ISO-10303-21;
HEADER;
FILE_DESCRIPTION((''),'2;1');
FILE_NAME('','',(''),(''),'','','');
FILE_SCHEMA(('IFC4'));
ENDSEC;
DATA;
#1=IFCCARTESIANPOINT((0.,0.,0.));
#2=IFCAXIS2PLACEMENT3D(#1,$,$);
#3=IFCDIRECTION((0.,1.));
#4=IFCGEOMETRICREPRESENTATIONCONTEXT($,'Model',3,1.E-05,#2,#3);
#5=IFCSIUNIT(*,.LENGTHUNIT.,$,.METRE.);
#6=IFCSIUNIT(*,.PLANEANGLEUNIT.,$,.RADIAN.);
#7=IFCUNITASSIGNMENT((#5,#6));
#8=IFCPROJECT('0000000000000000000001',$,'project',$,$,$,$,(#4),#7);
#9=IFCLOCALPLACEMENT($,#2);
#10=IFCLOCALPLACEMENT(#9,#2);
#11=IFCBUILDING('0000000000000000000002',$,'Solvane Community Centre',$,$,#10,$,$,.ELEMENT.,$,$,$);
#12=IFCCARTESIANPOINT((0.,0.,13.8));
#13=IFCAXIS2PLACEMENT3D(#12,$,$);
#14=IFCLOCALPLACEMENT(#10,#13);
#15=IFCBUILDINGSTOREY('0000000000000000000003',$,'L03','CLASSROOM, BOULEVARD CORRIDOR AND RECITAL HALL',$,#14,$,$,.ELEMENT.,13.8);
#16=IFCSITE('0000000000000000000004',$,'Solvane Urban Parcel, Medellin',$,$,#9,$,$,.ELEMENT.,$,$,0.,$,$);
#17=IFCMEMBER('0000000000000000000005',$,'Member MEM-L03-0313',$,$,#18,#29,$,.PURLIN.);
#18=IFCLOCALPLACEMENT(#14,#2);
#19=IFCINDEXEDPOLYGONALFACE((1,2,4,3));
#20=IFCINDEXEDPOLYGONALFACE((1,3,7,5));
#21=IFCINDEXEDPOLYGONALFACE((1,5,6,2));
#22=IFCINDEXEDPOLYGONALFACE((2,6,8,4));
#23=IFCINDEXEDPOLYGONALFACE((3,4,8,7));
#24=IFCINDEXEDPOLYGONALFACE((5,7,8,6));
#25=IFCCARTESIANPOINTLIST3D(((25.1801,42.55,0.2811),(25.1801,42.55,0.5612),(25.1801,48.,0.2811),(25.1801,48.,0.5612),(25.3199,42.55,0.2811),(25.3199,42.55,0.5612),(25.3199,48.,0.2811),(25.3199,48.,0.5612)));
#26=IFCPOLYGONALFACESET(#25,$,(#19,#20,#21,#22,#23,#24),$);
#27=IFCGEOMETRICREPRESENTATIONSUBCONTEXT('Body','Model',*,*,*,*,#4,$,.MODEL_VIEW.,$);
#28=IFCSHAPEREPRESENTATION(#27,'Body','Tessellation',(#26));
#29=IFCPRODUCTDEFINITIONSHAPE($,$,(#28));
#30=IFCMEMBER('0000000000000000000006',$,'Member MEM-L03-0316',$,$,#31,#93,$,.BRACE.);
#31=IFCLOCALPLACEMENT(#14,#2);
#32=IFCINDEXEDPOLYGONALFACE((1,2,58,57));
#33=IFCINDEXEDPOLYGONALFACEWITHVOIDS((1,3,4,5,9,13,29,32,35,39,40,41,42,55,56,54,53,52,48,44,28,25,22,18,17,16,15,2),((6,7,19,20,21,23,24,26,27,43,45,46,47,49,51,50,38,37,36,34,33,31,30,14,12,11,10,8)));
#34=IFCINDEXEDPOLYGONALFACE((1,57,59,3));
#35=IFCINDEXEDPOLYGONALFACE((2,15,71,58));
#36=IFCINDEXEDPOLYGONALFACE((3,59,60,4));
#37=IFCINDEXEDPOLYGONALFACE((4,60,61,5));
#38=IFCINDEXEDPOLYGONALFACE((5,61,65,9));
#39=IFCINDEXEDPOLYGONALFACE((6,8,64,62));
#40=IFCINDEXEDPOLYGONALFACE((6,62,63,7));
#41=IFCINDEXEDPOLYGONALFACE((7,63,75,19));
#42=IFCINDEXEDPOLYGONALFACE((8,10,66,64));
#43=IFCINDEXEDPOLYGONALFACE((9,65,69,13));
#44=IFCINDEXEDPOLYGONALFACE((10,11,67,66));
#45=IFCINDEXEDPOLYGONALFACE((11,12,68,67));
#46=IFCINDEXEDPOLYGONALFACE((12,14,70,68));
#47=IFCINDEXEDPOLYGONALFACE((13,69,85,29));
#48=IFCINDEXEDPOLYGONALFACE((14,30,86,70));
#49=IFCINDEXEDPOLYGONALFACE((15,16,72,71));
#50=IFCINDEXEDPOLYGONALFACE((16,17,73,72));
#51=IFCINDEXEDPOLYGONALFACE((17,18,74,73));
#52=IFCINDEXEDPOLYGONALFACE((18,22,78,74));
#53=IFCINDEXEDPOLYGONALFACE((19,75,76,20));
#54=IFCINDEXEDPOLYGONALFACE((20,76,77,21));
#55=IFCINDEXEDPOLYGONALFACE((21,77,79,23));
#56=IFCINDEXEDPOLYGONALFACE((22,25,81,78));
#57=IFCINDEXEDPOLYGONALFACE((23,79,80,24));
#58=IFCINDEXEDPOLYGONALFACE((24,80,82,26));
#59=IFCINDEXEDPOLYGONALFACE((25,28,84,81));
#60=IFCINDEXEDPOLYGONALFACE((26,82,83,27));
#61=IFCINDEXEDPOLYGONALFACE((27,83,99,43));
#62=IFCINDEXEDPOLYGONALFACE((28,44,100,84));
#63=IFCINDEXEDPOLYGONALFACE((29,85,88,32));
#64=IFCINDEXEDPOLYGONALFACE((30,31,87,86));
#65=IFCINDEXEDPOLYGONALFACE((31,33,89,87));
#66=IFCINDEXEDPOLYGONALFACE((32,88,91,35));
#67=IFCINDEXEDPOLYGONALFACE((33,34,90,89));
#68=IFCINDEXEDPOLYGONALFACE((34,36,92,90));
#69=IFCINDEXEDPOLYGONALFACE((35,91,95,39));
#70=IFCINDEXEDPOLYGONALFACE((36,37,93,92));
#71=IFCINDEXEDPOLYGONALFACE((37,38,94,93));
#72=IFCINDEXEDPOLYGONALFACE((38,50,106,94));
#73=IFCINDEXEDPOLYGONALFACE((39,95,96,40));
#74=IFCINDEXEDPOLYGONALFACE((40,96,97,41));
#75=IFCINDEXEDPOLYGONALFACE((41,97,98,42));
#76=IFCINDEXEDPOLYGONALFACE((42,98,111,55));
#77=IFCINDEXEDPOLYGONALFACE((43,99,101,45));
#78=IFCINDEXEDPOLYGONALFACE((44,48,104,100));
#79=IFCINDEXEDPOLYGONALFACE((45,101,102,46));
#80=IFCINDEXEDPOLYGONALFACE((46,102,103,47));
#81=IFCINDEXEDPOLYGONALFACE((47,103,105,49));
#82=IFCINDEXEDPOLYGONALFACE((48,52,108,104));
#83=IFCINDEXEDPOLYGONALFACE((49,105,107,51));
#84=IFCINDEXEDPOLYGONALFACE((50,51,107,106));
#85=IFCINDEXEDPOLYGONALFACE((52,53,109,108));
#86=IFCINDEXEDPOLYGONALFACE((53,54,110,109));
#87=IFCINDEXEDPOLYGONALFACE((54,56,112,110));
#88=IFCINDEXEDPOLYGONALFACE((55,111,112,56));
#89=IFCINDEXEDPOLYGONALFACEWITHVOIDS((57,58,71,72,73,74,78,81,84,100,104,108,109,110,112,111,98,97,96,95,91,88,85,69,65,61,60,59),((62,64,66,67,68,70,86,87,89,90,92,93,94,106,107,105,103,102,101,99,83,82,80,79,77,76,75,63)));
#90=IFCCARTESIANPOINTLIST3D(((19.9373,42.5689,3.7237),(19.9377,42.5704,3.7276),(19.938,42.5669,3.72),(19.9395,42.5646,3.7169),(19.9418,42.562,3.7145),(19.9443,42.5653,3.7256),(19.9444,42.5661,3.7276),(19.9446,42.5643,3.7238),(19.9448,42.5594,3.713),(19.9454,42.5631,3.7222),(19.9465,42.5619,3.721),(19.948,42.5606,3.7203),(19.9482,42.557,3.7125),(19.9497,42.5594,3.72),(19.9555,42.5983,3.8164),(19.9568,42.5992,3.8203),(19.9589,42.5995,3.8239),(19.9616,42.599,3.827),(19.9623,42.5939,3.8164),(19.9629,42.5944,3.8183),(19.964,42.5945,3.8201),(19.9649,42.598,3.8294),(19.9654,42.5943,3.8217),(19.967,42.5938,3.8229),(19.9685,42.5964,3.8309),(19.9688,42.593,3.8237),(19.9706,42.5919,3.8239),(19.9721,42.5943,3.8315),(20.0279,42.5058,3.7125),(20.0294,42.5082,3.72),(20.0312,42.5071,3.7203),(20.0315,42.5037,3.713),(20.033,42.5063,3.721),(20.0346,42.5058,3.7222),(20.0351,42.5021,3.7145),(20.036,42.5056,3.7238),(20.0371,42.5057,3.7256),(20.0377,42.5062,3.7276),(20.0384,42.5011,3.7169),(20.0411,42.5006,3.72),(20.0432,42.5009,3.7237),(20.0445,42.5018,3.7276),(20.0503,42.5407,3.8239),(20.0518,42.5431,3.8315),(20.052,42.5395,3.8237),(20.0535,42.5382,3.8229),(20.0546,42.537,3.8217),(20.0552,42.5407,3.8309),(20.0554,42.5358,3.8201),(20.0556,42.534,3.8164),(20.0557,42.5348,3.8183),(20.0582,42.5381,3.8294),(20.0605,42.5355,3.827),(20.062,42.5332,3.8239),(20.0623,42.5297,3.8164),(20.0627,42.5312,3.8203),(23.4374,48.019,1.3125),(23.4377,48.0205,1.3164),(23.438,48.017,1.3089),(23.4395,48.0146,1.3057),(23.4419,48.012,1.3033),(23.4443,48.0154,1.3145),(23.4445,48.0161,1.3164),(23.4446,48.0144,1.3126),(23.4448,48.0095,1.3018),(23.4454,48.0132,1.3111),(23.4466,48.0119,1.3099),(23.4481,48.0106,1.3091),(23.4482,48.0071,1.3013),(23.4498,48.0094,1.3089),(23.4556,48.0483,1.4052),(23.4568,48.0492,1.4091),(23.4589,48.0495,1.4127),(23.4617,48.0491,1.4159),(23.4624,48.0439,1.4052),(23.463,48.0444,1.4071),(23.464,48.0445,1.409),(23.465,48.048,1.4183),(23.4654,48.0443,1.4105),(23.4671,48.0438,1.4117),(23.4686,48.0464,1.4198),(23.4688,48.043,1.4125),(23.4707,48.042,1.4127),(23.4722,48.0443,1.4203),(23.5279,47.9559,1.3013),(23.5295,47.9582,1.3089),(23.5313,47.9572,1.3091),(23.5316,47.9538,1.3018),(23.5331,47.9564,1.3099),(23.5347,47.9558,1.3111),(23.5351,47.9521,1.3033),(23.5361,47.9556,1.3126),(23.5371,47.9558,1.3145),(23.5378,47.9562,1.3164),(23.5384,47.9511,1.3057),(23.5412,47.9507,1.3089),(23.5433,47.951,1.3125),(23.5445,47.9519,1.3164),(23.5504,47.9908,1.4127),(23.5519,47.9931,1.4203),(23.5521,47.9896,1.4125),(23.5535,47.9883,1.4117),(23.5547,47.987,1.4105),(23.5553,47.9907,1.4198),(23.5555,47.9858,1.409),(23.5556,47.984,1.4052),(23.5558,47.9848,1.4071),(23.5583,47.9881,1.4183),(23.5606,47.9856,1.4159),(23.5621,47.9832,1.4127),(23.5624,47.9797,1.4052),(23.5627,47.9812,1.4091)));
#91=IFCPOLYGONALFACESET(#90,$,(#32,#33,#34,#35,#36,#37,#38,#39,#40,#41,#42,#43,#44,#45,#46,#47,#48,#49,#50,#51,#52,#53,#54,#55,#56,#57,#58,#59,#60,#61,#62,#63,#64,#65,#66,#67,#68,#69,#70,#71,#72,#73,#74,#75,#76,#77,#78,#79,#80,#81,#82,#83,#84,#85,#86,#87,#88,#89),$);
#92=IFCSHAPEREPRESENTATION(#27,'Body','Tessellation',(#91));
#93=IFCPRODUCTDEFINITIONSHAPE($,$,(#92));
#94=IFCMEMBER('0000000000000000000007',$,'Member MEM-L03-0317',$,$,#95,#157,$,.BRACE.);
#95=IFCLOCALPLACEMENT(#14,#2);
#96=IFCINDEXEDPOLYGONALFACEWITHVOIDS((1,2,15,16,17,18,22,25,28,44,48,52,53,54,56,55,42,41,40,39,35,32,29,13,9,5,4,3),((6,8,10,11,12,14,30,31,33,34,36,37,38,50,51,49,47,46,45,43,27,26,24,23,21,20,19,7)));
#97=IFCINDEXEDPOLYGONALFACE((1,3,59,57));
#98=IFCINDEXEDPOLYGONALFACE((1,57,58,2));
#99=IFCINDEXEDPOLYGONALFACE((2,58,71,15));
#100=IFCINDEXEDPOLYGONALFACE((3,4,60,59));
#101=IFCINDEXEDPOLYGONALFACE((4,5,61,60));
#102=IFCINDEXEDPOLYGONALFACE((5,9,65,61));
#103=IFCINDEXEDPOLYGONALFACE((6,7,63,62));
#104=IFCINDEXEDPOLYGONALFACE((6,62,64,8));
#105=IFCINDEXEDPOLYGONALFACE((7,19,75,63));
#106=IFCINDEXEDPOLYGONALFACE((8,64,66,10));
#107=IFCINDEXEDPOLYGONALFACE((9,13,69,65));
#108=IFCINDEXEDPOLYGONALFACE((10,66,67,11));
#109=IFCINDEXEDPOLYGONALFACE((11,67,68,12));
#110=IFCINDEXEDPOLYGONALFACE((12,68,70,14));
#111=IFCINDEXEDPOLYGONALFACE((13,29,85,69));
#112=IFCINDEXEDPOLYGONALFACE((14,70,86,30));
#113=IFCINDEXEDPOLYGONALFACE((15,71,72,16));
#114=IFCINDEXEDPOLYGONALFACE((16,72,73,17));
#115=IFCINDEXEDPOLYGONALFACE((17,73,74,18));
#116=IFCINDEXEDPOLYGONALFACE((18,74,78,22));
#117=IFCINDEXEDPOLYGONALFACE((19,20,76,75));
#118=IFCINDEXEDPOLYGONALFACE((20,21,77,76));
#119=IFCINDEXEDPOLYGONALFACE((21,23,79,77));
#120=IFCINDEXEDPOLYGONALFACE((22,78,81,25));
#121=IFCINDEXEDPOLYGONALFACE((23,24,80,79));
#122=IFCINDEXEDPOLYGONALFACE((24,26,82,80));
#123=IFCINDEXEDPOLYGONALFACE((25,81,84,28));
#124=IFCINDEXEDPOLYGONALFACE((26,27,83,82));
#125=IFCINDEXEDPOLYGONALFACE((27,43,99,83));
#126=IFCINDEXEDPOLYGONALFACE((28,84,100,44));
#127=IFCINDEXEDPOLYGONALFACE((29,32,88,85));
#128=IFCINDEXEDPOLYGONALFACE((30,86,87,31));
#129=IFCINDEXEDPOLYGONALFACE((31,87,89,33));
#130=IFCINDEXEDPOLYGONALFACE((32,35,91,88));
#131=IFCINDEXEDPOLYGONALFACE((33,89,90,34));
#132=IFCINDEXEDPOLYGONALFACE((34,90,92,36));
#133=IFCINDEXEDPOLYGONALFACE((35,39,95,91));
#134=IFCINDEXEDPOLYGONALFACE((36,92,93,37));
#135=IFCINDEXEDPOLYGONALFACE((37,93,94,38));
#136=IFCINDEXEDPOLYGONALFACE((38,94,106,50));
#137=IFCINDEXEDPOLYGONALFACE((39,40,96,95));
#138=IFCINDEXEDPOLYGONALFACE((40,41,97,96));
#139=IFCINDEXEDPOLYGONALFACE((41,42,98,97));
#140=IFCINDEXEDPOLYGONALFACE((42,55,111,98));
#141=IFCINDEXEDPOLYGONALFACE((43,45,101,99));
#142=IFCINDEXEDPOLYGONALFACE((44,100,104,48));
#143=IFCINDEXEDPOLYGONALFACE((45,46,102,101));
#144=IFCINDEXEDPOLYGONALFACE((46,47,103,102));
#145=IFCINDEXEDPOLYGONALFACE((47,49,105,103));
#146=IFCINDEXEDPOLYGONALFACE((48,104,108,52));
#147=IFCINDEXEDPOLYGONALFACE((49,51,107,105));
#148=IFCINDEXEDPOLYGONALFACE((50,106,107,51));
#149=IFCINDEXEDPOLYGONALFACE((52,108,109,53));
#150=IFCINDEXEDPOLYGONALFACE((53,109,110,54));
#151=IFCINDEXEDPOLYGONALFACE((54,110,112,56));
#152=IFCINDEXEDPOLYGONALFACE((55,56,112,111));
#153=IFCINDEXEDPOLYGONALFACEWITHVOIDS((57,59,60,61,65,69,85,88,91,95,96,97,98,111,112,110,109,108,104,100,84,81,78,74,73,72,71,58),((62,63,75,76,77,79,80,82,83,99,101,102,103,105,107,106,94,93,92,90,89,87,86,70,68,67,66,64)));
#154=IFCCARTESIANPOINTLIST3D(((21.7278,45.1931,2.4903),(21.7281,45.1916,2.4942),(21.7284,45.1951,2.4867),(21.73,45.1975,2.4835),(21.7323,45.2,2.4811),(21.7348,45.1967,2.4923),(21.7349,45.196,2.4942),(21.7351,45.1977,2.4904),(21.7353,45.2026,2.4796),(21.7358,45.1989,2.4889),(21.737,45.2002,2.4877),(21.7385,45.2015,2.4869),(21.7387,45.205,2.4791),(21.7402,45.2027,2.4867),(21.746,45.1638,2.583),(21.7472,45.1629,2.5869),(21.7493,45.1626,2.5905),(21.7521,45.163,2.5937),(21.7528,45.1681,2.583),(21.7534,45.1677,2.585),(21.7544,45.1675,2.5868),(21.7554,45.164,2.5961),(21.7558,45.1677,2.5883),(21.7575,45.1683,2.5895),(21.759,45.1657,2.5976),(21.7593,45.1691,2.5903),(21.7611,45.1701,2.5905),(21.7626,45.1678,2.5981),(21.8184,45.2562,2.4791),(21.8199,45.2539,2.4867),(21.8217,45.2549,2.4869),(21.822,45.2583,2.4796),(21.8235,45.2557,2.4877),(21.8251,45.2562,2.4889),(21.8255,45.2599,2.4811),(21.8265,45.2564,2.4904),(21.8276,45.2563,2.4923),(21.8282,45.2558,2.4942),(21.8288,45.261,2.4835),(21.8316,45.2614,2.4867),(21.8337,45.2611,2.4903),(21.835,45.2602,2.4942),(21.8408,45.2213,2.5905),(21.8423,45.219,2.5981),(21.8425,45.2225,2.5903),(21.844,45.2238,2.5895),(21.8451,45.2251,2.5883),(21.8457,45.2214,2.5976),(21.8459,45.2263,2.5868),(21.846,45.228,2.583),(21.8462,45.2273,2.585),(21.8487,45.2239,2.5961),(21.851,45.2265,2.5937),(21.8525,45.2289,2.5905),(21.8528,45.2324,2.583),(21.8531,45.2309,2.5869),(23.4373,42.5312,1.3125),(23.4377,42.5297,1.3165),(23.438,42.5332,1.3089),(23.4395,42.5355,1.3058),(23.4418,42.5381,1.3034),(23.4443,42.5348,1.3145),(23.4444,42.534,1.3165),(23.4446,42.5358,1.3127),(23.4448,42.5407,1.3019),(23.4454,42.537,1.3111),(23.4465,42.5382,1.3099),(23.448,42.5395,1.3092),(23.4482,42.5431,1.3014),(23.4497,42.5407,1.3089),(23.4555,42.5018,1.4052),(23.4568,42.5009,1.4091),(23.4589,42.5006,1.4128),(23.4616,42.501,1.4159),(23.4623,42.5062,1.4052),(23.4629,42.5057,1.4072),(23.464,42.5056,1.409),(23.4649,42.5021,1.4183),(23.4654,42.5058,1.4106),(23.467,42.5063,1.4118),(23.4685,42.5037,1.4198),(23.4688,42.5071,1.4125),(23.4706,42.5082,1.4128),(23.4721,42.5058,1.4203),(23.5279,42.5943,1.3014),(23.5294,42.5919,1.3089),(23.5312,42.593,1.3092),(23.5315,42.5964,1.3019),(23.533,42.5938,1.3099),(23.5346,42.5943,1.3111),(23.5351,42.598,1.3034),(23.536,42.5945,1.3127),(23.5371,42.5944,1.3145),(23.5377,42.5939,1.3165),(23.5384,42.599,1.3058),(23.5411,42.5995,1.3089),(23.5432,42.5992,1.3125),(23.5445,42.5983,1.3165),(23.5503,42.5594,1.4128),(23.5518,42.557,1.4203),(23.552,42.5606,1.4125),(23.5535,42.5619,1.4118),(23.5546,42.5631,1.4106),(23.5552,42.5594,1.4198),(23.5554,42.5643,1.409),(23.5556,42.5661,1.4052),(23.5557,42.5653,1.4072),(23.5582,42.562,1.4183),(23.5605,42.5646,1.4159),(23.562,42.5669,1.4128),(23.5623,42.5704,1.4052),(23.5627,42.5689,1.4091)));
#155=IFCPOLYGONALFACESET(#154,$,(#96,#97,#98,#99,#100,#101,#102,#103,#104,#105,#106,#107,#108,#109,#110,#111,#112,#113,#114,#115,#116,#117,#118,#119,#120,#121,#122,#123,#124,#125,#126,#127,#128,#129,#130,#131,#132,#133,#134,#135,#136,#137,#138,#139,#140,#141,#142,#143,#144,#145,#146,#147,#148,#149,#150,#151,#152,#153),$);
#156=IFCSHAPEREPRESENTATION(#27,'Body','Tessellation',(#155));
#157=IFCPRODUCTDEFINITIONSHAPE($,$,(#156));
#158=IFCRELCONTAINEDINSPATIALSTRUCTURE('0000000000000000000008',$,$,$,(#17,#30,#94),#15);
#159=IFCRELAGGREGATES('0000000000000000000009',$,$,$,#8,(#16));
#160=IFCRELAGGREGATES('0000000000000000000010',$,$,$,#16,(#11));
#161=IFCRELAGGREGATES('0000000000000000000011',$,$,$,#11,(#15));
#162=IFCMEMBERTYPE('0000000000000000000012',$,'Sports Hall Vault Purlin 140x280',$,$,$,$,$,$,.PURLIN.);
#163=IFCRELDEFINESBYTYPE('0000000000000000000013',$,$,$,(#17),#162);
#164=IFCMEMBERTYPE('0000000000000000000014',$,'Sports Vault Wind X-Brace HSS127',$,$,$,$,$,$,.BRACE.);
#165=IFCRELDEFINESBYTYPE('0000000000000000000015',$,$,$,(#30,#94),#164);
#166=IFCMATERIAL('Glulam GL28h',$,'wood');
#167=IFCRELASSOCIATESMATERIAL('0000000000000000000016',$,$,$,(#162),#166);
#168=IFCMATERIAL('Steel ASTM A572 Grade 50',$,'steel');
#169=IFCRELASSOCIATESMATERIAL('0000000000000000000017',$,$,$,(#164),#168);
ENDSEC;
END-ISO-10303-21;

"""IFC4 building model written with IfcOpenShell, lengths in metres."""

from ifc_helpers import new_model, si_unit, direction, frame, origin, origin_2d, place, context, subcontext, project, spatial, rectangle, hollow_rectangle, extrude, material, material_profile, profile_set, type_object, element, save


model = new_model("IFC4")

# Units and contexts
model_context = context("Model", 3, precision=1e-05, world=origin(), true_north=direction((0.0, 1.0)))
body_context = subcontext(model_context, "Body", "Model", "MODEL_VIEW")
ifc_project = project(units=[si_unit("LENGTHUNIT", "METRE"), si_unit("PLANEANGLEUNIT", "RADIAN")], contexts=[model_context])

# Site, building, storey
site_placement = place(None, origin())
site = spatial("IfcSite", under=ifc_project, at=site_placement, Name="Solvane Urban Parcel, Medellin", CompositionType="ELEMENT", RefElevation=0.0)
building_placement = place(site_placement, origin())
building = spatial("IfcBuilding", under=site, at=building_placement, Name="Solvane Community Centre", CompositionType="ELEMENT")
storey_placement = place(building_placement, frame((0.0, 0.0, 13.8)))
storey = spatial("IfcBuildingStorey", under=building, at=storey_placement, Name="L03", Description="CLASSROOM, BOULEVARD CORRIDOR AND RECITAL HALL", CompositionType="ELEMENT", Elevation=13.8)

# Members
ifc_material_1 = material(Name="Glulam GL28h", Category="wood")
ifc_material_profile_1 = material_profile(ifc_material_1, rectangle(XDim=0.1399, YDim=0.28, at=origin_2d()), Name="GL28h 140x280")
ifc_profile_set_1 = profile_set([ifc_material_profile_1], Name="Glulam GL28h")
member_type_1 = type_object("IfcMemberType", Name="Sports Hall Vault Purlin 140x280", PredefinedType="PURLIN", material=ifc_profile_set_1)
for number, where, z_axis, x_axis, name in (
    (1, (25.25, 42.55, 0.4211), (0.0, 1.0, 0.0), (-1.0, 0.0, 0.0), "Member MEM-L03-0313"),
):
    element("IfcMember", number, at=place(storey_placement, frame(where, z_axis=z_axis, x_axis=x_axis)), inside=storey, type_object=member_type_1, Name=name, PredefinedType="PURLIN", context=body_context, shape_type="SweptSolid", body=[
        extrude(rectangle(XDim=0.1399, YDim=0.28, at=origin_2d()), origin(), (0.0, 0.0, 1.0), 5.45),
    ])
ifc_material_2 = material(Name="Steel ASTM A572 Grade 50", Category="steel")
ifc_material_profile_2 = material_profile(ifc_material_2, hollow_rectangle(XDim=0.127, YDim=0.127, WallThickness=0.0081, InnerFilletRadius=0.0081, OuterFilletRadius=0.0161, at=origin_2d()), Name="HSS 127x127x8.0")
ifc_profile_set_2 = profile_set([ifc_material_profile_2], Name="Steel ASTM A572 Grade 50")
member_type_2 = type_object("IfcMemberType", Name="Sports Vault Wind X-Brace HSS127", PredefinedType="BRACE", material=ifc_profile_set_2)
member_1_placement = place(storey_placement, frame((20.0, 42.55, 3.772), z_axis=(0.50642, 0.788561, -0.34887), x_axis=(-0.841427, 0.540371, 0.0)))
element("IfcMember", 2, at=member_1_placement, inside=storey, type_object=member_type_2, Name="Member MEM-L03-0316", PredefinedType="BRACE", context=body_context, shape_type="SweptSolid", body=[
    extrude(hollow_rectangle(XDim=0.127, YDim=0.127, WallThickness=0.0081, InnerFilletRadius=0.0081, OuterFilletRadius=0.0161, at=origin_2d()), origin(), (0.0, 0.0, 1.0), 6.9114),
])
for number, where, z_axis, x_axis, name in (
    (3, (23.5, 42.55, 1.3608), (-0.506416, 0.788553, 0.348893), (-0.841427, -0.540371, 0.0), "Member MEM-L03-0317"),
):
    element("IfcMember", number, at=place(storey_placement, frame(where, z_axis=z_axis, x_axis=x_axis)), inside=storey, type_object=member_type_2, Name=name, PredefinedType="BRACE", context=body_context, shape_type="SweptSolid", body=[
        extrude(hollow_rectangle(XDim=0.127, YDim=0.127, WallThickness=0.0081, InnerFilletRadius=0.0081, OuterFilletRadius=0.0161, at=origin_2d()), origin(), (0.0, 0.0, 1.0), 3.3757),
    ])

save(model, "model.ifc")
